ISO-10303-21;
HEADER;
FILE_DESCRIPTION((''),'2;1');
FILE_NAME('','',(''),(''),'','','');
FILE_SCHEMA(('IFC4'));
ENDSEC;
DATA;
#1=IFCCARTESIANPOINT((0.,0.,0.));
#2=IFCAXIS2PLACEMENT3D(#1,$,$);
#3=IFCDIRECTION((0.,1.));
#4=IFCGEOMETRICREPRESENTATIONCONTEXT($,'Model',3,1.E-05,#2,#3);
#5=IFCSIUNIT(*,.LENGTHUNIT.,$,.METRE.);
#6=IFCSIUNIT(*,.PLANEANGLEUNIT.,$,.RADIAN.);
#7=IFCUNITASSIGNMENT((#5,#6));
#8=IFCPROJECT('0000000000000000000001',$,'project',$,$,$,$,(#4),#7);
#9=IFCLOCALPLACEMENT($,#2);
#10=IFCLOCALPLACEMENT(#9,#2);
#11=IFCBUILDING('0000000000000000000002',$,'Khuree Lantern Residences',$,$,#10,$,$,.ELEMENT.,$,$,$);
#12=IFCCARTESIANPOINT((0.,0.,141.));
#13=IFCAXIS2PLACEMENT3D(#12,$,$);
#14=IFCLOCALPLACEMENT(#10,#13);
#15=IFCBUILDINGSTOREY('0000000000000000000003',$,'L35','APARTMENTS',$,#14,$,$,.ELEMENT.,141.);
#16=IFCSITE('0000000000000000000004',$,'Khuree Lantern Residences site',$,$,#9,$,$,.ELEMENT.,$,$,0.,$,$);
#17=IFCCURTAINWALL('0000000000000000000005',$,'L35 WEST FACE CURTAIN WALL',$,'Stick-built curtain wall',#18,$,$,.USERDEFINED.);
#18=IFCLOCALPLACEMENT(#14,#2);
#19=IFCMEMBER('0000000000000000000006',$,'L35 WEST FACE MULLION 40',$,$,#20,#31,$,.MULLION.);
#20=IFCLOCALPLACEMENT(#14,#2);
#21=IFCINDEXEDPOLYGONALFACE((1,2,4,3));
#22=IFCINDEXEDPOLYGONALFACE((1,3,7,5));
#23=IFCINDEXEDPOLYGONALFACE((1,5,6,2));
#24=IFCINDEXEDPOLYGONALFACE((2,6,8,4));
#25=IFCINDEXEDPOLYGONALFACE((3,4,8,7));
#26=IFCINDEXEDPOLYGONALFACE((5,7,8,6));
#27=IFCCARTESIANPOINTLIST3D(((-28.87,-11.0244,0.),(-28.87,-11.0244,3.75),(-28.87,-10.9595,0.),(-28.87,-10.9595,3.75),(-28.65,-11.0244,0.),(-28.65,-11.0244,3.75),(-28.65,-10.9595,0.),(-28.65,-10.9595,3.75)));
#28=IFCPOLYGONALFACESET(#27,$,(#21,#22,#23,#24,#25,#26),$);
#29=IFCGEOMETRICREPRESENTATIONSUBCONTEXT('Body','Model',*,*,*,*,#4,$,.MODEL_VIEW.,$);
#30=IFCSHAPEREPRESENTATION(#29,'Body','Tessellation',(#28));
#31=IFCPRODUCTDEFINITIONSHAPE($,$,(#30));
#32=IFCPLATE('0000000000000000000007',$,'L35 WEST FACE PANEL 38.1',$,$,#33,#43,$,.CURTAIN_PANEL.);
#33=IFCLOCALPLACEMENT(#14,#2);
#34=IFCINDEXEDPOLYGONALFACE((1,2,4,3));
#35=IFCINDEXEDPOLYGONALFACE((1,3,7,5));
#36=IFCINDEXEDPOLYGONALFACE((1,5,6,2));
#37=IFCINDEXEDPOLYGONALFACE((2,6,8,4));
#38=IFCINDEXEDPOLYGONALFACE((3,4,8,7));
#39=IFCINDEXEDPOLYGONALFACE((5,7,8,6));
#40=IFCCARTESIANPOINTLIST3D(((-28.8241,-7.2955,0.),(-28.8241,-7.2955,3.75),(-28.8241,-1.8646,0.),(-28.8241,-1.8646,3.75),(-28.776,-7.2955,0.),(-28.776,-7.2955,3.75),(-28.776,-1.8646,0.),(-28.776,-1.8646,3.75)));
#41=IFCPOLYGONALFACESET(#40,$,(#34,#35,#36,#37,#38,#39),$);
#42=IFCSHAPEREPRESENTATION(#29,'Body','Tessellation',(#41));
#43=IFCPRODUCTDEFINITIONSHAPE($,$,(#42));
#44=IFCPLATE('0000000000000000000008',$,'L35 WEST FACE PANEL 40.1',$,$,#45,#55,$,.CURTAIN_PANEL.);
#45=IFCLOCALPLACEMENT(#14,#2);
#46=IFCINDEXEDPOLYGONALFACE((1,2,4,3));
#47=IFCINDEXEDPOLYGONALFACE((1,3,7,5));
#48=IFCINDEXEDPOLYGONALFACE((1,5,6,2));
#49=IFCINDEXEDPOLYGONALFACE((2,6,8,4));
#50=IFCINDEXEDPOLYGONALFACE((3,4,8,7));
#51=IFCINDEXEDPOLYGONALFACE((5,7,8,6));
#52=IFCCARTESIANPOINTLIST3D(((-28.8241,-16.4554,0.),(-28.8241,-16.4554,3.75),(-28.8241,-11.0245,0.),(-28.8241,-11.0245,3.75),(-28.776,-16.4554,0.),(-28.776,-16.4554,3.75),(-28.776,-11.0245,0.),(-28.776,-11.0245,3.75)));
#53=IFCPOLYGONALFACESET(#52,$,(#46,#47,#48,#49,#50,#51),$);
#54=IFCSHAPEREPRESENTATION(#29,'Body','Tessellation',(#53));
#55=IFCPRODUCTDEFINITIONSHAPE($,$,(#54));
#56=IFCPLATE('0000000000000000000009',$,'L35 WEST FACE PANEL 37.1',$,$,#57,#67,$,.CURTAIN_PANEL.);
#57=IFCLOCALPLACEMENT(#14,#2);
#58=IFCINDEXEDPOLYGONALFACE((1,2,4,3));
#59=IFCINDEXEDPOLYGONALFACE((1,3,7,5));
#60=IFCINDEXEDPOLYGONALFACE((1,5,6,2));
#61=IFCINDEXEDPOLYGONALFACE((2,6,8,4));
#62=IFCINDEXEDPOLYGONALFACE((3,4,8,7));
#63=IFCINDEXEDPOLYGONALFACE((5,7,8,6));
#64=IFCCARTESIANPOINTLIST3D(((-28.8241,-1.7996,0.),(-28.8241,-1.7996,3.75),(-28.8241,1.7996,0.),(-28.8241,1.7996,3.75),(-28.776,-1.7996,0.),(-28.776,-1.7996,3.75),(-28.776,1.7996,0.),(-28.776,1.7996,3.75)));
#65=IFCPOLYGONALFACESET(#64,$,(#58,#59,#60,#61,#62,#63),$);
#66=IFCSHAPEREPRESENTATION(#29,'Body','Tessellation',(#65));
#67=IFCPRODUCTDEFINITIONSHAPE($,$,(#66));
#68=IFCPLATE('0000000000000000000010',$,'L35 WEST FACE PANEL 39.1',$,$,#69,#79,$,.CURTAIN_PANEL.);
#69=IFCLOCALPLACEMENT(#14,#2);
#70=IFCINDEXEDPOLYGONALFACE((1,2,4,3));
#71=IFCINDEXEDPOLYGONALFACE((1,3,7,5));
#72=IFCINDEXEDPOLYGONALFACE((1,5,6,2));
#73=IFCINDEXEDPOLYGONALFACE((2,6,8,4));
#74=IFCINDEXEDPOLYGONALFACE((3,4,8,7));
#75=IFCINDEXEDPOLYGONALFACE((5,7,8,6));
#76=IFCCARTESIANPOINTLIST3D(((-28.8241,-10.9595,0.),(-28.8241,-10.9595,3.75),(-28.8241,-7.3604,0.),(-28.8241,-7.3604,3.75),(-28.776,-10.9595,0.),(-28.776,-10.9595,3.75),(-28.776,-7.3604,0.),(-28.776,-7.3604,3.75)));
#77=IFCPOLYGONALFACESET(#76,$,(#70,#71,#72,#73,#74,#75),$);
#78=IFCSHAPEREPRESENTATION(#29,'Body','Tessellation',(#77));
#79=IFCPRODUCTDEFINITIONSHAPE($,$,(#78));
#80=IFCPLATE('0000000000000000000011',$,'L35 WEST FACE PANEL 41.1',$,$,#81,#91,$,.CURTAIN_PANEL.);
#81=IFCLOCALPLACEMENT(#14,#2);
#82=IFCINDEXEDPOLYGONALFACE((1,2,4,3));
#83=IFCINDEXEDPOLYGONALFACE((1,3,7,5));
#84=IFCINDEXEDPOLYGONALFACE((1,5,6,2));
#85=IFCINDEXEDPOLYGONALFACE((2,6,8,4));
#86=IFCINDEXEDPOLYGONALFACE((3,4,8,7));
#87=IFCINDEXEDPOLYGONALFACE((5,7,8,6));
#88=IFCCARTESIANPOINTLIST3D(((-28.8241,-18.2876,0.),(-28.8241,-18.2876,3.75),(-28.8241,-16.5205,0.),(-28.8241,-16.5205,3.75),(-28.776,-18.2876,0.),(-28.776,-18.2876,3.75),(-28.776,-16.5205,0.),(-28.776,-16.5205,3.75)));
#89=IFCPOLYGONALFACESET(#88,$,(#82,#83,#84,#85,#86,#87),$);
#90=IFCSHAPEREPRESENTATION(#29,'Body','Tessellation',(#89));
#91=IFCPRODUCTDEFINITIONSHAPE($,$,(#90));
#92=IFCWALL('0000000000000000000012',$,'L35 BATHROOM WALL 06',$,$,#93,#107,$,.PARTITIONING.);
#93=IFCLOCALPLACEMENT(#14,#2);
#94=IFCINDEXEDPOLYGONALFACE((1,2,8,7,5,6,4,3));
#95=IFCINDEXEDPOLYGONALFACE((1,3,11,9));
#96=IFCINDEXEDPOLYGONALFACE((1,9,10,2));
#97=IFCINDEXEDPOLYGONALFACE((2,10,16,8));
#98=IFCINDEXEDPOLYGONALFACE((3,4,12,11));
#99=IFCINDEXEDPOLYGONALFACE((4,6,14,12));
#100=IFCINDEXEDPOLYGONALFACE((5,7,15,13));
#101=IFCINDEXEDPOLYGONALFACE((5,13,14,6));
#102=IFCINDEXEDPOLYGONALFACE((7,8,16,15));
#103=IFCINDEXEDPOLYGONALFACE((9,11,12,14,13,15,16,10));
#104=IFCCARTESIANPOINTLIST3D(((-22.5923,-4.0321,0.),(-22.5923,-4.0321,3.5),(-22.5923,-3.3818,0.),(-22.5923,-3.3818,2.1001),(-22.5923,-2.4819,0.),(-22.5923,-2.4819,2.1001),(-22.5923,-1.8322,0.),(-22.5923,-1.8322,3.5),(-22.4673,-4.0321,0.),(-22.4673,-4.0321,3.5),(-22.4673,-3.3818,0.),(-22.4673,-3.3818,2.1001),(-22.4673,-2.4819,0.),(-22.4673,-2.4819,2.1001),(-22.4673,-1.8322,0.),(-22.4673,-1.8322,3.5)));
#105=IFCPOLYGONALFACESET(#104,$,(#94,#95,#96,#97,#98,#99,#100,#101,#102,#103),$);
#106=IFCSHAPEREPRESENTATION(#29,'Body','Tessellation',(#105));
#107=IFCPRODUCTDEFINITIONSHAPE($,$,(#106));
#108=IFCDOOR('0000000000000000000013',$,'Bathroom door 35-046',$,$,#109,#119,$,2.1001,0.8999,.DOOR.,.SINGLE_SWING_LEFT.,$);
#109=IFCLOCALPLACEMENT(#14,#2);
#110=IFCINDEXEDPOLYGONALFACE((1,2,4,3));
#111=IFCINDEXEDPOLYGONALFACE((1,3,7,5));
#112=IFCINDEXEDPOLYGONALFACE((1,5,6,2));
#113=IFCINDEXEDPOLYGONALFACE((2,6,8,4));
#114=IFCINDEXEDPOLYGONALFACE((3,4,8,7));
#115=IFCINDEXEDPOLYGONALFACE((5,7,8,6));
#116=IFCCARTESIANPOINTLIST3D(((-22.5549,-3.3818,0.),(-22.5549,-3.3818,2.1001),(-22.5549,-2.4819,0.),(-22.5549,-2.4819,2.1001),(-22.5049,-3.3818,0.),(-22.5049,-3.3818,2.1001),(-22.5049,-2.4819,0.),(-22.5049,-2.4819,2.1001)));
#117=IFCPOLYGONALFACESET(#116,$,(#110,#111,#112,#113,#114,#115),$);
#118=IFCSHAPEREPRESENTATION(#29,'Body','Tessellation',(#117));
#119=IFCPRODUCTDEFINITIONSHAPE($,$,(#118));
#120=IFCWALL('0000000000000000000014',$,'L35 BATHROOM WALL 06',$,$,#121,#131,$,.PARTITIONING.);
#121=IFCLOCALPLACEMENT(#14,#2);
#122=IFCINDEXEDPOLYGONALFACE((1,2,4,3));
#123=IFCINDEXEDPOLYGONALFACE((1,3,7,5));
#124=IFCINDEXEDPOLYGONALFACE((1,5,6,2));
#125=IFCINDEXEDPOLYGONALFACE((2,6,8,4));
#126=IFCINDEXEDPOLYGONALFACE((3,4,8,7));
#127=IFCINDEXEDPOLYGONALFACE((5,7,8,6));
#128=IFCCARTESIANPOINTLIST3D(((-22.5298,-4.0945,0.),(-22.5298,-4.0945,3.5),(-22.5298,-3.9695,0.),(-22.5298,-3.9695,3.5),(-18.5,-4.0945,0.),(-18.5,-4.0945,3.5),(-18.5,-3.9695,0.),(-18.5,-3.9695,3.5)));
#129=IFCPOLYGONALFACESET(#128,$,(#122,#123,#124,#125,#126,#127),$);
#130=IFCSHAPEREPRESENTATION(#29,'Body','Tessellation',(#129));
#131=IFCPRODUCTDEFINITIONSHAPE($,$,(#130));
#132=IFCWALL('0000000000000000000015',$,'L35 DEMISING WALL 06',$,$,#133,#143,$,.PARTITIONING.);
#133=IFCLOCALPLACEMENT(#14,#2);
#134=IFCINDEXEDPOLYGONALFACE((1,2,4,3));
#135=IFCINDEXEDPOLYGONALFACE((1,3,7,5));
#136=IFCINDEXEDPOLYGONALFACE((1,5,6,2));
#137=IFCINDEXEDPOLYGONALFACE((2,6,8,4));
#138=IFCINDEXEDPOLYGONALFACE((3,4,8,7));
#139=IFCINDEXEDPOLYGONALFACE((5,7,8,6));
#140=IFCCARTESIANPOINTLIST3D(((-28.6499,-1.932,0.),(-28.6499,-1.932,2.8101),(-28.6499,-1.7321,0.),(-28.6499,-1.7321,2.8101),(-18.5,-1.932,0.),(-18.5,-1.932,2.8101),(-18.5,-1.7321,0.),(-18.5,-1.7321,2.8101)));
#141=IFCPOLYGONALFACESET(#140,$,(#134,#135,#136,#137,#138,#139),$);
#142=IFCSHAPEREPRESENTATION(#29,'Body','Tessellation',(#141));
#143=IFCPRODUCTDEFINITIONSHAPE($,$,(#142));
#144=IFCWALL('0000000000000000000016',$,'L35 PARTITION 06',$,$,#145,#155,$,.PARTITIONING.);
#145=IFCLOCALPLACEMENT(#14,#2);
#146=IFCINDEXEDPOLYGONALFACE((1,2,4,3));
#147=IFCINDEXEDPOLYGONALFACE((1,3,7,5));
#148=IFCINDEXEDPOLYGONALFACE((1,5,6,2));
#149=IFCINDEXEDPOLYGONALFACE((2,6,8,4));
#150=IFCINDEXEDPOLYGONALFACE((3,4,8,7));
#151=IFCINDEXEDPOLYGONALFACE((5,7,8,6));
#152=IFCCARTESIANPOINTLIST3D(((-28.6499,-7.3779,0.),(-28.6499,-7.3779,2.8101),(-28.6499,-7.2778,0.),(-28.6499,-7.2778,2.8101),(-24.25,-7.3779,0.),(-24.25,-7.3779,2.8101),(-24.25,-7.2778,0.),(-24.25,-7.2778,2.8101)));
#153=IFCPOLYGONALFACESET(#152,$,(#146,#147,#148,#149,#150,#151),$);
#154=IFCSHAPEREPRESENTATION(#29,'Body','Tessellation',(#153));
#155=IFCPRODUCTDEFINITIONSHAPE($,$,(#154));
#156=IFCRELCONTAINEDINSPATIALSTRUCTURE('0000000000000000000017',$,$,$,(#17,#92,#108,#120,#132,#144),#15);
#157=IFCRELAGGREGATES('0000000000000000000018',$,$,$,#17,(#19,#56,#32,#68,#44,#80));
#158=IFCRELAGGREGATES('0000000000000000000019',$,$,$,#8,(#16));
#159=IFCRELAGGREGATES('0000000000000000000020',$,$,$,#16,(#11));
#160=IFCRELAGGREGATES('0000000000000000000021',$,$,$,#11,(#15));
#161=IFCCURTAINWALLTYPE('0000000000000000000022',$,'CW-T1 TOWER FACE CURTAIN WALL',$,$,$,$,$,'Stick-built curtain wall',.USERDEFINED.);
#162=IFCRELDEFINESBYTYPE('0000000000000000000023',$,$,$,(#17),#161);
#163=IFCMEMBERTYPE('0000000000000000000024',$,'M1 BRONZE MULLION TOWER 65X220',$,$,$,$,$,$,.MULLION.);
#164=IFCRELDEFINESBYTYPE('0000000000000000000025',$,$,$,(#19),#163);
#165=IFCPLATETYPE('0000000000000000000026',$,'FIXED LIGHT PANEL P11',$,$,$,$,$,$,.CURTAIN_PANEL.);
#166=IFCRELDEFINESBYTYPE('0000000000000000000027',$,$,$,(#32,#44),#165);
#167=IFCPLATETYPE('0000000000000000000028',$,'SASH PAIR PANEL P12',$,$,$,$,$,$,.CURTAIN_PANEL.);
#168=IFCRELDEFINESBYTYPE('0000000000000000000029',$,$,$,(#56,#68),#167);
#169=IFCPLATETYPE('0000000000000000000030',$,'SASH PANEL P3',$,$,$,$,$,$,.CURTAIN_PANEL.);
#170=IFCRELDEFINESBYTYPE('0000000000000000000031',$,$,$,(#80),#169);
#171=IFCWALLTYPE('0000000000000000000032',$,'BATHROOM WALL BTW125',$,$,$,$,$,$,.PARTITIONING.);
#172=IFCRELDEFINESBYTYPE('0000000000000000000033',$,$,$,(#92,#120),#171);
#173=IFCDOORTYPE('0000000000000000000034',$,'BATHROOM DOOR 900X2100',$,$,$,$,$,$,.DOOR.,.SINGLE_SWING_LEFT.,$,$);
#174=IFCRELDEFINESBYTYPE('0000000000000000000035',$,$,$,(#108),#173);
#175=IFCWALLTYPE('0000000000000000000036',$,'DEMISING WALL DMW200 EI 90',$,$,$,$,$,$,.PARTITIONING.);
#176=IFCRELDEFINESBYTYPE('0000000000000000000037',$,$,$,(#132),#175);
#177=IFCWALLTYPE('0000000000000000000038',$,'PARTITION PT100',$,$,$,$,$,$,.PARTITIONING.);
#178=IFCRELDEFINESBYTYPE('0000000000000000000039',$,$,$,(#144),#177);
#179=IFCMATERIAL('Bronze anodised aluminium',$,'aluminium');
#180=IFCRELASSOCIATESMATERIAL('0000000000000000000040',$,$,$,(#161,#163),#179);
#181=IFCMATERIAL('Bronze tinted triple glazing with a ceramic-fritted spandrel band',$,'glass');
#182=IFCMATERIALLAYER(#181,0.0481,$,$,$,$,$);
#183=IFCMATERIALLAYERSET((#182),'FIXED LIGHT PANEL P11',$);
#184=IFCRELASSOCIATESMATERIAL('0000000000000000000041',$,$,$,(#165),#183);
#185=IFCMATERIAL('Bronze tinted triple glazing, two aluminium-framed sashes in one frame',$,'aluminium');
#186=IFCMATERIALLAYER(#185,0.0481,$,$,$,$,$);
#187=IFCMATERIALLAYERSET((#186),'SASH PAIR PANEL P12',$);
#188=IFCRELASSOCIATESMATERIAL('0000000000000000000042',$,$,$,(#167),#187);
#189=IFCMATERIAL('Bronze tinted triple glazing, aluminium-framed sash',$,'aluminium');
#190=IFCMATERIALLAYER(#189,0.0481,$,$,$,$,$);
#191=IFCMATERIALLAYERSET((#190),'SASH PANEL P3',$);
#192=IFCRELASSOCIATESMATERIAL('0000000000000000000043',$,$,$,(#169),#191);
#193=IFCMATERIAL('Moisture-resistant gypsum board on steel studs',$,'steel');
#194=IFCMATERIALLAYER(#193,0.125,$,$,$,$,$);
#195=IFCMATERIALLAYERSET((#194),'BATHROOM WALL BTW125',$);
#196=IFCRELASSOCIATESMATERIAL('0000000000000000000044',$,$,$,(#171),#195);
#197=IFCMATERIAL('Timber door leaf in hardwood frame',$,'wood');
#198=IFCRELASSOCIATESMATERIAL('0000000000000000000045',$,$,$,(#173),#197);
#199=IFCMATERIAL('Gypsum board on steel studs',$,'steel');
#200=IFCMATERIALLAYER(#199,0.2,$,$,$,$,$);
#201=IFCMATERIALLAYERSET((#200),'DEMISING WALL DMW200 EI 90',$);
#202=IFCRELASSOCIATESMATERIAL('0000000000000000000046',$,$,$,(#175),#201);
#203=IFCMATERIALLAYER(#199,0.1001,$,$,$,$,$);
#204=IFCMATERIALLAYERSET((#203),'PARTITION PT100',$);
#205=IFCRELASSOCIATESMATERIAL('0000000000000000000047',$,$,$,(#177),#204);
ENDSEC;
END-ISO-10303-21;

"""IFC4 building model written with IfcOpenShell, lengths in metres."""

from ifc_helpers import new_model, si_unit, direction, frame, frame_2d, origin, origin_2d, place, context, subcontext, project, spatial, rectangle, extrude, material, layer, layer_set, material_profile, profile_set, type_object, element, fill, aggregate, save


model = new_model("IFC4")

# Units and contexts
model_context = context("Model", 3, precision=1e-05, world=origin(), true_north=direction((0.0, 1.0)))
body_context = subcontext(model_context, "Body", "Model", "MODEL_VIEW")
ifc_project = project(units=[si_unit("LENGTHUNIT", "METRE"), si_unit("PLANEANGLEUNIT", "RADIAN")], contexts=[model_context])

# Site, building, storey
site_placement = place(None, origin())
site = spatial("IfcSite", under=ifc_project, at=site_placement, Name="Khuree Lantern Residences site", CompositionType="ELEMENT", RefElevation=0.0)
building_placement = place(site_placement, origin())
building = spatial("IfcBuilding", under=site, at=building_placement, Name="Khuree Lantern Residences", CompositionType="ELEMENT")
storey_placement = place(building_placement, frame((0.0, 0.0, 141.0)))
storey = spatial("IfcBuildingStorey", under=building, at=storey_placement, Name="L35", Description="APARTMENTS", CompositionType="ELEMENT", Elevation=141.0)

# Curtain wall
ifc_material_1 = material(Name="Bronze anodised aluminium", Category="aluminium")
curtain_wall_type = type_object("IfcCurtainWallType", Name="CW-T1 TOWER FACE CURTAIN WALL", ElementType="Stick-built curtain wall", PredefinedType="USERDEFINED", material=ifc_material_1)
curtain_wall_placement = place(storey_placement, origin())
curtain_wall = element("IfcCurtainWall", 1, at=curtain_wall_placement, inside=storey, type_object=curtain_wall_type, Name="L35 WEST FACE CURTAIN WALL", ObjectType="Stick-built curtain wall", PredefinedType="USERDEFINED")

# Member
ifc_material_profile_1 = material_profile(ifc_material_1, rectangle(XDim=0.0649, YDim=0.22, at=origin_2d()), Name="M1 65X220")
ifc_profile_set_1 = profile_set([ifc_material_profile_1], Name="Bronze anodised aluminium")
member_type_1 = type_object("IfcMemberType", Name="M1 BRONZE MULLION TOWER 65X220", PredefinedType="MULLION", material=ifc_profile_set_1)
member_1_placement = place(storey_placement, frame((-28.76, -10.9919, 0.0), z_axis=(0.0, 0.0, 1.0), x_axis=(0.0, -1.0, 0.0)))
member_1 = element("IfcMember", 2, at=member_1_placement, type_object=member_type_1, Name="L35 WEST FACE MULLION 40", PredefinedType="MULLION", context=body_context, shape_type="SweptSolid", body=[
    extrude(rectangle(XDim=0.0649, YDim=0.22, at=origin_2d()), origin(), (0.0, 0.0, 1.0), 3.75),
])

# Plates
ifc_material_2 = material(Name="Bronze tinted triple glazing with a ceramic-fritted spandrel band", Category="glass")
ifc_layer_1 = layer(ifc_material_2, 0.0481)
ifc_layer_set_1 = layer_set([ifc_layer_1], Name="FIXED LIGHT PANEL P11")
plate_type_1 = type_object("IfcPlateType", Name="FIXED LIGHT PANEL P11", PredefinedType="CURTAIN_PANEL", material=ifc_layer_set_1)
plate_1_placement = place(storey_placement, frame((-28.8, -4.5801, 0.0), z_axis=(0.0, 0.0, 1.0), x_axis=(0.0, -1.0, 0.0)))
plate_1 = element("IfcPlate", 3, at=plate_1_placement, type_object=plate_type_1, Name="L35 WEST FACE PANEL 38.1", PredefinedType="CURTAIN_PANEL", context=body_context, shape_type="SweptSolid", body=[
    extrude(rectangle(XDim=5.4309, YDim=0.0481, at=origin_2d()), origin(), (0.0, 0.0, 1.0), 3.75),
])
plate_2_placement = place(storey_placement, frame((-28.8, -13.74, 0.0), z_axis=(0.0, 0.0, 1.0), x_axis=(0.0, -1.0, 0.0)))
plate_2 = element("IfcPlate", 4, at=plate_2_placement, type_object=plate_type_1, Name="L35 WEST FACE PANEL 40.1", PredefinedType="CURTAIN_PANEL", context=body_context, shape_type="SweptSolid", body=[
    extrude(rectangle(XDim=5.4309, YDim=0.0481, at=origin_2d()), origin(), (0.0, 0.0, 1.0), 3.75),
])
ifc_material_3 = material(Name="Bronze tinted triple glazing, two aluminium-framed sashes in one frame", Category="aluminium")
ifc_layer_2 = layer(ifc_material_3, 0.0481)
ifc_layer_set_2 = layer_set([ifc_layer_2], Name="SASH PAIR PANEL P12")
plate_type_2 = type_object("IfcPlateType", Name="SASH PAIR PANEL P12", PredefinedType="CURTAIN_PANEL", material=ifc_layer_set_2)
plate_3_placement = place(storey_placement, frame((-28.8, 0.0, 0.0), z_axis=(0.0, 0.0, 1.0), x_axis=(0.0, -1.0, 0.0)))
plate_3 = element("IfcPlate", 5, at=plate_3_placement, type_object=plate_type_2, Name="L35 WEST FACE PANEL 37.1", PredefinedType="CURTAIN_PANEL", context=body_context, shape_type="SweptSolid", body=[
    extrude(rectangle(XDim=3.5991, YDim=0.0481, at=origin_2d()), origin(), (0.0, 0.0, 1.0), 3.75),
])
plate_4_placement = place(storey_placement, frame((-28.8, -9.1599, 0.0), z_axis=(0.0, 0.0, 1.0), x_axis=(0.0, -1.0, 0.0)))
plate_4 = element("IfcPlate", 6, at=plate_4_placement, type_object=plate_type_2, Name="L35 WEST FACE PANEL 39.1", PredefinedType="CURTAIN_PANEL", context=body_context, shape_type="SweptSolid", body=[
    extrude(rectangle(XDim=3.5991, YDim=0.0481, at=origin_2d()), origin(), (0.0, 0.0, 1.0), 3.75),
])
ifc_material_4 = material(Name="Bronze tinted triple glazing, aluminium-framed sash", Category="aluminium")
ifc_layer_3 = layer(ifc_material_4, 0.0481)
ifc_layer_set_3 = layer_set([ifc_layer_3], Name="SASH PANEL P3")
plate_type_3 = type_object("IfcPlateType", Name="SASH PANEL P3", PredefinedType="CURTAIN_PANEL", material=ifc_layer_set_3)
plate_5_placement = place(storey_placement, frame((-28.8, -17.4041, 0.0), z_axis=(0.0, 0.0, 1.0), x_axis=(0.0, -1.0, 0.0)))
plate_5 = element("IfcPlate", 7, at=plate_5_placement, type_object=plate_type_3, Name="L35 WEST FACE PANEL 41.1", PredefinedType="CURTAIN_PANEL", context=body_context, shape_type="SweptSolid", body=[
    extrude(rectangle(XDim=1.7671, YDim=0.0481, at=origin_2d()), origin(), (0.0, 0.0, 1.0), 3.75),
])
aggregate(curtain_wall, [member_1, plate_3, plate_1, plate_4, plate_2, plate_5])

# Wall, opening, door
ifc_material_5 = material(Name="Moisture-resistant gypsum board on steel studs", Category="steel")
ifc_layer_4 = layer(ifc_material_5, 0.125)
ifc_layer_set_4 = layer_set([ifc_layer_4], Name="BATHROOM WALL BTW125")
wall_type_1 = type_object("IfcWallType", Name="BATHROOM WALL BTW125", PredefinedType="PARTITIONING", material=ifc_layer_set_4)
wall_1_placement = place(storey_placement, frame((-22.5298, -1.832, 0.0), z_axis=(0.0, 0.0, 1.0), x_axis=(0.0, -1.0, 0.0)))
wall_1 = element("IfcWall", 8, at=wall_1_placement, inside=storey, type_object=wall_type_1, Name="L35 BATHROOM WALL 06", PredefinedType="PARTITIONING", context=body_context, shape_type="SweptSolid", body=[
    extrude(rectangle(XDim=2.2, YDim=0.125, at=frame_2d((1.1001, 0.0))), origin(), (0.0, 0.0, 1.0), 3.5),
])
opening_1_placement = place(wall_1_placement, frame((0.6499, 0.0, 0.0)))
opening_1 = element("IfcOpeningElement", 9, at=opening_1_placement, cuts=wall_1, PredefinedType="OPENING", context=body_context, shape_type="SweptSolid", body=[
    extrude(rectangle(XDim=0.8999, YDim=2.1001, at=frame_2d((0.45, 1.05))), frame((0.0, 0.0725, 0.0), z_axis=(0.0, -1.0, 0.0), x_axis=(1.0, 0.0, 0.0)), (0.0, 0.0, 1.0), 0.145),
])
ifc_material_6 = material(Name="Timber door leaf in hardwood frame", Category="wood")
door_type_1 = type_object("IfcDoorType", Name="BATHROOM DOOR 900X2100", OperationType="SINGLE_SWING_LEFT", PredefinedType="DOOR", material=ifc_material_6)
door_1_placement = place(opening_1_placement, origin())
door_1 = element("IfcDoor", 10, at=door_1_placement, inside=storey, type_object=door_type_1, Name="Bathroom door 35-046", OperationType="SINGLE_SWING_LEFT", OverallHeight=2.1001, OverallWidth=0.8999, PredefinedType="DOOR", context=body_context, shape_type="SweptSolid", body=[
    extrude(rectangle(XDim=0.8999, YDim=2.1001, at=frame_2d((0.45, 1.05))), frame((0.0, 0.0249, 0.0), z_axis=(0.0, -1.0, 0.0), x_axis=(1.0, 0.0, 0.0)), (0.0, 0.0, 1.0), 0.05),
])
fill(opening_1, door_1)

# Walls
wall_2_placement = place(storey_placement, frame((-18.5, -4.032, 0.0), z_axis=(0.0, 0.0, 1.0), x_axis=(-1.0, 0.0, 0.0)))
element("IfcWall", 11, at=wall_2_placement, inside=storey, type_object=wall_type_1, Name="L35 BATHROOM WALL 06", PredefinedType="PARTITIONING", context=body_context, shape_type="SweptSolid", body=[
    extrude(rectangle(XDim=4.0298, YDim=0.125, at=frame_2d((2.0149, 0.0))), origin(), (0.0, 0.0, 1.0), 3.5),
])
ifc_material_7 = material(Name="Gypsum board on steel studs", Category="steel")
ifc_layer_5 = layer(ifc_material_7, 0.2)
ifc_layer_set_5 = layer_set([ifc_layer_5], Name="DEMISING WALL DMW200 EI 90")
wall_type_2 = type_object("IfcWallType", Name="DEMISING WALL DMW200 EI 90", PredefinedType="PARTITIONING", material=ifc_layer_set_5)
wall_3_placement = place(storey_placement, frame((-18.5, -1.832, 0.0), z_axis=(0.0, 0.0, 1.0), x_axis=(-1.0, 0.0, 0.0)))
element("IfcWall", 12, at=wall_3_placement, inside=storey, type_object=wall_type_2, Name="L35 DEMISING WALL 06", PredefinedType="PARTITIONING", context=body_context, shape_type="SweptSolid", body=[
    extrude(rectangle(XDim=10.1499, YDim=0.2, at=frame_2d((5.075, 0.0))), origin(), (0.0, 0.0, 1.0), 2.8101),
])
ifc_layer_6 = layer(ifc_material_7, 0.1001)
ifc_layer_set_6 = layer_set([ifc_layer_6], Name="PARTITION PT100")
wall_type_3 = type_object("IfcWallType", Name="PARTITION PT100", PredefinedType="PARTITIONING", material=ifc_layer_set_6)
wall_4_placement = place(storey_placement, frame((-24.25, -7.3279, 0.0), z_axis=(0.0, 0.0, 1.0), x_axis=(-1.0, 0.0, 0.0)))
element("IfcWall", 13, at=wall_4_placement, inside=storey, type_object=wall_type_3, Name="L35 PARTITION 06", PredefinedType="PARTITIONING", context=body_context, shape_type="SweptSolid", body=[
    extrude(rectangle(XDim=4.3999, YDim=0.1001, at=frame_2d((2.2, 0.0))), origin(), (0.0, 0.0, 1.0), 2.8101),
])

save(model, "model.ifc")
